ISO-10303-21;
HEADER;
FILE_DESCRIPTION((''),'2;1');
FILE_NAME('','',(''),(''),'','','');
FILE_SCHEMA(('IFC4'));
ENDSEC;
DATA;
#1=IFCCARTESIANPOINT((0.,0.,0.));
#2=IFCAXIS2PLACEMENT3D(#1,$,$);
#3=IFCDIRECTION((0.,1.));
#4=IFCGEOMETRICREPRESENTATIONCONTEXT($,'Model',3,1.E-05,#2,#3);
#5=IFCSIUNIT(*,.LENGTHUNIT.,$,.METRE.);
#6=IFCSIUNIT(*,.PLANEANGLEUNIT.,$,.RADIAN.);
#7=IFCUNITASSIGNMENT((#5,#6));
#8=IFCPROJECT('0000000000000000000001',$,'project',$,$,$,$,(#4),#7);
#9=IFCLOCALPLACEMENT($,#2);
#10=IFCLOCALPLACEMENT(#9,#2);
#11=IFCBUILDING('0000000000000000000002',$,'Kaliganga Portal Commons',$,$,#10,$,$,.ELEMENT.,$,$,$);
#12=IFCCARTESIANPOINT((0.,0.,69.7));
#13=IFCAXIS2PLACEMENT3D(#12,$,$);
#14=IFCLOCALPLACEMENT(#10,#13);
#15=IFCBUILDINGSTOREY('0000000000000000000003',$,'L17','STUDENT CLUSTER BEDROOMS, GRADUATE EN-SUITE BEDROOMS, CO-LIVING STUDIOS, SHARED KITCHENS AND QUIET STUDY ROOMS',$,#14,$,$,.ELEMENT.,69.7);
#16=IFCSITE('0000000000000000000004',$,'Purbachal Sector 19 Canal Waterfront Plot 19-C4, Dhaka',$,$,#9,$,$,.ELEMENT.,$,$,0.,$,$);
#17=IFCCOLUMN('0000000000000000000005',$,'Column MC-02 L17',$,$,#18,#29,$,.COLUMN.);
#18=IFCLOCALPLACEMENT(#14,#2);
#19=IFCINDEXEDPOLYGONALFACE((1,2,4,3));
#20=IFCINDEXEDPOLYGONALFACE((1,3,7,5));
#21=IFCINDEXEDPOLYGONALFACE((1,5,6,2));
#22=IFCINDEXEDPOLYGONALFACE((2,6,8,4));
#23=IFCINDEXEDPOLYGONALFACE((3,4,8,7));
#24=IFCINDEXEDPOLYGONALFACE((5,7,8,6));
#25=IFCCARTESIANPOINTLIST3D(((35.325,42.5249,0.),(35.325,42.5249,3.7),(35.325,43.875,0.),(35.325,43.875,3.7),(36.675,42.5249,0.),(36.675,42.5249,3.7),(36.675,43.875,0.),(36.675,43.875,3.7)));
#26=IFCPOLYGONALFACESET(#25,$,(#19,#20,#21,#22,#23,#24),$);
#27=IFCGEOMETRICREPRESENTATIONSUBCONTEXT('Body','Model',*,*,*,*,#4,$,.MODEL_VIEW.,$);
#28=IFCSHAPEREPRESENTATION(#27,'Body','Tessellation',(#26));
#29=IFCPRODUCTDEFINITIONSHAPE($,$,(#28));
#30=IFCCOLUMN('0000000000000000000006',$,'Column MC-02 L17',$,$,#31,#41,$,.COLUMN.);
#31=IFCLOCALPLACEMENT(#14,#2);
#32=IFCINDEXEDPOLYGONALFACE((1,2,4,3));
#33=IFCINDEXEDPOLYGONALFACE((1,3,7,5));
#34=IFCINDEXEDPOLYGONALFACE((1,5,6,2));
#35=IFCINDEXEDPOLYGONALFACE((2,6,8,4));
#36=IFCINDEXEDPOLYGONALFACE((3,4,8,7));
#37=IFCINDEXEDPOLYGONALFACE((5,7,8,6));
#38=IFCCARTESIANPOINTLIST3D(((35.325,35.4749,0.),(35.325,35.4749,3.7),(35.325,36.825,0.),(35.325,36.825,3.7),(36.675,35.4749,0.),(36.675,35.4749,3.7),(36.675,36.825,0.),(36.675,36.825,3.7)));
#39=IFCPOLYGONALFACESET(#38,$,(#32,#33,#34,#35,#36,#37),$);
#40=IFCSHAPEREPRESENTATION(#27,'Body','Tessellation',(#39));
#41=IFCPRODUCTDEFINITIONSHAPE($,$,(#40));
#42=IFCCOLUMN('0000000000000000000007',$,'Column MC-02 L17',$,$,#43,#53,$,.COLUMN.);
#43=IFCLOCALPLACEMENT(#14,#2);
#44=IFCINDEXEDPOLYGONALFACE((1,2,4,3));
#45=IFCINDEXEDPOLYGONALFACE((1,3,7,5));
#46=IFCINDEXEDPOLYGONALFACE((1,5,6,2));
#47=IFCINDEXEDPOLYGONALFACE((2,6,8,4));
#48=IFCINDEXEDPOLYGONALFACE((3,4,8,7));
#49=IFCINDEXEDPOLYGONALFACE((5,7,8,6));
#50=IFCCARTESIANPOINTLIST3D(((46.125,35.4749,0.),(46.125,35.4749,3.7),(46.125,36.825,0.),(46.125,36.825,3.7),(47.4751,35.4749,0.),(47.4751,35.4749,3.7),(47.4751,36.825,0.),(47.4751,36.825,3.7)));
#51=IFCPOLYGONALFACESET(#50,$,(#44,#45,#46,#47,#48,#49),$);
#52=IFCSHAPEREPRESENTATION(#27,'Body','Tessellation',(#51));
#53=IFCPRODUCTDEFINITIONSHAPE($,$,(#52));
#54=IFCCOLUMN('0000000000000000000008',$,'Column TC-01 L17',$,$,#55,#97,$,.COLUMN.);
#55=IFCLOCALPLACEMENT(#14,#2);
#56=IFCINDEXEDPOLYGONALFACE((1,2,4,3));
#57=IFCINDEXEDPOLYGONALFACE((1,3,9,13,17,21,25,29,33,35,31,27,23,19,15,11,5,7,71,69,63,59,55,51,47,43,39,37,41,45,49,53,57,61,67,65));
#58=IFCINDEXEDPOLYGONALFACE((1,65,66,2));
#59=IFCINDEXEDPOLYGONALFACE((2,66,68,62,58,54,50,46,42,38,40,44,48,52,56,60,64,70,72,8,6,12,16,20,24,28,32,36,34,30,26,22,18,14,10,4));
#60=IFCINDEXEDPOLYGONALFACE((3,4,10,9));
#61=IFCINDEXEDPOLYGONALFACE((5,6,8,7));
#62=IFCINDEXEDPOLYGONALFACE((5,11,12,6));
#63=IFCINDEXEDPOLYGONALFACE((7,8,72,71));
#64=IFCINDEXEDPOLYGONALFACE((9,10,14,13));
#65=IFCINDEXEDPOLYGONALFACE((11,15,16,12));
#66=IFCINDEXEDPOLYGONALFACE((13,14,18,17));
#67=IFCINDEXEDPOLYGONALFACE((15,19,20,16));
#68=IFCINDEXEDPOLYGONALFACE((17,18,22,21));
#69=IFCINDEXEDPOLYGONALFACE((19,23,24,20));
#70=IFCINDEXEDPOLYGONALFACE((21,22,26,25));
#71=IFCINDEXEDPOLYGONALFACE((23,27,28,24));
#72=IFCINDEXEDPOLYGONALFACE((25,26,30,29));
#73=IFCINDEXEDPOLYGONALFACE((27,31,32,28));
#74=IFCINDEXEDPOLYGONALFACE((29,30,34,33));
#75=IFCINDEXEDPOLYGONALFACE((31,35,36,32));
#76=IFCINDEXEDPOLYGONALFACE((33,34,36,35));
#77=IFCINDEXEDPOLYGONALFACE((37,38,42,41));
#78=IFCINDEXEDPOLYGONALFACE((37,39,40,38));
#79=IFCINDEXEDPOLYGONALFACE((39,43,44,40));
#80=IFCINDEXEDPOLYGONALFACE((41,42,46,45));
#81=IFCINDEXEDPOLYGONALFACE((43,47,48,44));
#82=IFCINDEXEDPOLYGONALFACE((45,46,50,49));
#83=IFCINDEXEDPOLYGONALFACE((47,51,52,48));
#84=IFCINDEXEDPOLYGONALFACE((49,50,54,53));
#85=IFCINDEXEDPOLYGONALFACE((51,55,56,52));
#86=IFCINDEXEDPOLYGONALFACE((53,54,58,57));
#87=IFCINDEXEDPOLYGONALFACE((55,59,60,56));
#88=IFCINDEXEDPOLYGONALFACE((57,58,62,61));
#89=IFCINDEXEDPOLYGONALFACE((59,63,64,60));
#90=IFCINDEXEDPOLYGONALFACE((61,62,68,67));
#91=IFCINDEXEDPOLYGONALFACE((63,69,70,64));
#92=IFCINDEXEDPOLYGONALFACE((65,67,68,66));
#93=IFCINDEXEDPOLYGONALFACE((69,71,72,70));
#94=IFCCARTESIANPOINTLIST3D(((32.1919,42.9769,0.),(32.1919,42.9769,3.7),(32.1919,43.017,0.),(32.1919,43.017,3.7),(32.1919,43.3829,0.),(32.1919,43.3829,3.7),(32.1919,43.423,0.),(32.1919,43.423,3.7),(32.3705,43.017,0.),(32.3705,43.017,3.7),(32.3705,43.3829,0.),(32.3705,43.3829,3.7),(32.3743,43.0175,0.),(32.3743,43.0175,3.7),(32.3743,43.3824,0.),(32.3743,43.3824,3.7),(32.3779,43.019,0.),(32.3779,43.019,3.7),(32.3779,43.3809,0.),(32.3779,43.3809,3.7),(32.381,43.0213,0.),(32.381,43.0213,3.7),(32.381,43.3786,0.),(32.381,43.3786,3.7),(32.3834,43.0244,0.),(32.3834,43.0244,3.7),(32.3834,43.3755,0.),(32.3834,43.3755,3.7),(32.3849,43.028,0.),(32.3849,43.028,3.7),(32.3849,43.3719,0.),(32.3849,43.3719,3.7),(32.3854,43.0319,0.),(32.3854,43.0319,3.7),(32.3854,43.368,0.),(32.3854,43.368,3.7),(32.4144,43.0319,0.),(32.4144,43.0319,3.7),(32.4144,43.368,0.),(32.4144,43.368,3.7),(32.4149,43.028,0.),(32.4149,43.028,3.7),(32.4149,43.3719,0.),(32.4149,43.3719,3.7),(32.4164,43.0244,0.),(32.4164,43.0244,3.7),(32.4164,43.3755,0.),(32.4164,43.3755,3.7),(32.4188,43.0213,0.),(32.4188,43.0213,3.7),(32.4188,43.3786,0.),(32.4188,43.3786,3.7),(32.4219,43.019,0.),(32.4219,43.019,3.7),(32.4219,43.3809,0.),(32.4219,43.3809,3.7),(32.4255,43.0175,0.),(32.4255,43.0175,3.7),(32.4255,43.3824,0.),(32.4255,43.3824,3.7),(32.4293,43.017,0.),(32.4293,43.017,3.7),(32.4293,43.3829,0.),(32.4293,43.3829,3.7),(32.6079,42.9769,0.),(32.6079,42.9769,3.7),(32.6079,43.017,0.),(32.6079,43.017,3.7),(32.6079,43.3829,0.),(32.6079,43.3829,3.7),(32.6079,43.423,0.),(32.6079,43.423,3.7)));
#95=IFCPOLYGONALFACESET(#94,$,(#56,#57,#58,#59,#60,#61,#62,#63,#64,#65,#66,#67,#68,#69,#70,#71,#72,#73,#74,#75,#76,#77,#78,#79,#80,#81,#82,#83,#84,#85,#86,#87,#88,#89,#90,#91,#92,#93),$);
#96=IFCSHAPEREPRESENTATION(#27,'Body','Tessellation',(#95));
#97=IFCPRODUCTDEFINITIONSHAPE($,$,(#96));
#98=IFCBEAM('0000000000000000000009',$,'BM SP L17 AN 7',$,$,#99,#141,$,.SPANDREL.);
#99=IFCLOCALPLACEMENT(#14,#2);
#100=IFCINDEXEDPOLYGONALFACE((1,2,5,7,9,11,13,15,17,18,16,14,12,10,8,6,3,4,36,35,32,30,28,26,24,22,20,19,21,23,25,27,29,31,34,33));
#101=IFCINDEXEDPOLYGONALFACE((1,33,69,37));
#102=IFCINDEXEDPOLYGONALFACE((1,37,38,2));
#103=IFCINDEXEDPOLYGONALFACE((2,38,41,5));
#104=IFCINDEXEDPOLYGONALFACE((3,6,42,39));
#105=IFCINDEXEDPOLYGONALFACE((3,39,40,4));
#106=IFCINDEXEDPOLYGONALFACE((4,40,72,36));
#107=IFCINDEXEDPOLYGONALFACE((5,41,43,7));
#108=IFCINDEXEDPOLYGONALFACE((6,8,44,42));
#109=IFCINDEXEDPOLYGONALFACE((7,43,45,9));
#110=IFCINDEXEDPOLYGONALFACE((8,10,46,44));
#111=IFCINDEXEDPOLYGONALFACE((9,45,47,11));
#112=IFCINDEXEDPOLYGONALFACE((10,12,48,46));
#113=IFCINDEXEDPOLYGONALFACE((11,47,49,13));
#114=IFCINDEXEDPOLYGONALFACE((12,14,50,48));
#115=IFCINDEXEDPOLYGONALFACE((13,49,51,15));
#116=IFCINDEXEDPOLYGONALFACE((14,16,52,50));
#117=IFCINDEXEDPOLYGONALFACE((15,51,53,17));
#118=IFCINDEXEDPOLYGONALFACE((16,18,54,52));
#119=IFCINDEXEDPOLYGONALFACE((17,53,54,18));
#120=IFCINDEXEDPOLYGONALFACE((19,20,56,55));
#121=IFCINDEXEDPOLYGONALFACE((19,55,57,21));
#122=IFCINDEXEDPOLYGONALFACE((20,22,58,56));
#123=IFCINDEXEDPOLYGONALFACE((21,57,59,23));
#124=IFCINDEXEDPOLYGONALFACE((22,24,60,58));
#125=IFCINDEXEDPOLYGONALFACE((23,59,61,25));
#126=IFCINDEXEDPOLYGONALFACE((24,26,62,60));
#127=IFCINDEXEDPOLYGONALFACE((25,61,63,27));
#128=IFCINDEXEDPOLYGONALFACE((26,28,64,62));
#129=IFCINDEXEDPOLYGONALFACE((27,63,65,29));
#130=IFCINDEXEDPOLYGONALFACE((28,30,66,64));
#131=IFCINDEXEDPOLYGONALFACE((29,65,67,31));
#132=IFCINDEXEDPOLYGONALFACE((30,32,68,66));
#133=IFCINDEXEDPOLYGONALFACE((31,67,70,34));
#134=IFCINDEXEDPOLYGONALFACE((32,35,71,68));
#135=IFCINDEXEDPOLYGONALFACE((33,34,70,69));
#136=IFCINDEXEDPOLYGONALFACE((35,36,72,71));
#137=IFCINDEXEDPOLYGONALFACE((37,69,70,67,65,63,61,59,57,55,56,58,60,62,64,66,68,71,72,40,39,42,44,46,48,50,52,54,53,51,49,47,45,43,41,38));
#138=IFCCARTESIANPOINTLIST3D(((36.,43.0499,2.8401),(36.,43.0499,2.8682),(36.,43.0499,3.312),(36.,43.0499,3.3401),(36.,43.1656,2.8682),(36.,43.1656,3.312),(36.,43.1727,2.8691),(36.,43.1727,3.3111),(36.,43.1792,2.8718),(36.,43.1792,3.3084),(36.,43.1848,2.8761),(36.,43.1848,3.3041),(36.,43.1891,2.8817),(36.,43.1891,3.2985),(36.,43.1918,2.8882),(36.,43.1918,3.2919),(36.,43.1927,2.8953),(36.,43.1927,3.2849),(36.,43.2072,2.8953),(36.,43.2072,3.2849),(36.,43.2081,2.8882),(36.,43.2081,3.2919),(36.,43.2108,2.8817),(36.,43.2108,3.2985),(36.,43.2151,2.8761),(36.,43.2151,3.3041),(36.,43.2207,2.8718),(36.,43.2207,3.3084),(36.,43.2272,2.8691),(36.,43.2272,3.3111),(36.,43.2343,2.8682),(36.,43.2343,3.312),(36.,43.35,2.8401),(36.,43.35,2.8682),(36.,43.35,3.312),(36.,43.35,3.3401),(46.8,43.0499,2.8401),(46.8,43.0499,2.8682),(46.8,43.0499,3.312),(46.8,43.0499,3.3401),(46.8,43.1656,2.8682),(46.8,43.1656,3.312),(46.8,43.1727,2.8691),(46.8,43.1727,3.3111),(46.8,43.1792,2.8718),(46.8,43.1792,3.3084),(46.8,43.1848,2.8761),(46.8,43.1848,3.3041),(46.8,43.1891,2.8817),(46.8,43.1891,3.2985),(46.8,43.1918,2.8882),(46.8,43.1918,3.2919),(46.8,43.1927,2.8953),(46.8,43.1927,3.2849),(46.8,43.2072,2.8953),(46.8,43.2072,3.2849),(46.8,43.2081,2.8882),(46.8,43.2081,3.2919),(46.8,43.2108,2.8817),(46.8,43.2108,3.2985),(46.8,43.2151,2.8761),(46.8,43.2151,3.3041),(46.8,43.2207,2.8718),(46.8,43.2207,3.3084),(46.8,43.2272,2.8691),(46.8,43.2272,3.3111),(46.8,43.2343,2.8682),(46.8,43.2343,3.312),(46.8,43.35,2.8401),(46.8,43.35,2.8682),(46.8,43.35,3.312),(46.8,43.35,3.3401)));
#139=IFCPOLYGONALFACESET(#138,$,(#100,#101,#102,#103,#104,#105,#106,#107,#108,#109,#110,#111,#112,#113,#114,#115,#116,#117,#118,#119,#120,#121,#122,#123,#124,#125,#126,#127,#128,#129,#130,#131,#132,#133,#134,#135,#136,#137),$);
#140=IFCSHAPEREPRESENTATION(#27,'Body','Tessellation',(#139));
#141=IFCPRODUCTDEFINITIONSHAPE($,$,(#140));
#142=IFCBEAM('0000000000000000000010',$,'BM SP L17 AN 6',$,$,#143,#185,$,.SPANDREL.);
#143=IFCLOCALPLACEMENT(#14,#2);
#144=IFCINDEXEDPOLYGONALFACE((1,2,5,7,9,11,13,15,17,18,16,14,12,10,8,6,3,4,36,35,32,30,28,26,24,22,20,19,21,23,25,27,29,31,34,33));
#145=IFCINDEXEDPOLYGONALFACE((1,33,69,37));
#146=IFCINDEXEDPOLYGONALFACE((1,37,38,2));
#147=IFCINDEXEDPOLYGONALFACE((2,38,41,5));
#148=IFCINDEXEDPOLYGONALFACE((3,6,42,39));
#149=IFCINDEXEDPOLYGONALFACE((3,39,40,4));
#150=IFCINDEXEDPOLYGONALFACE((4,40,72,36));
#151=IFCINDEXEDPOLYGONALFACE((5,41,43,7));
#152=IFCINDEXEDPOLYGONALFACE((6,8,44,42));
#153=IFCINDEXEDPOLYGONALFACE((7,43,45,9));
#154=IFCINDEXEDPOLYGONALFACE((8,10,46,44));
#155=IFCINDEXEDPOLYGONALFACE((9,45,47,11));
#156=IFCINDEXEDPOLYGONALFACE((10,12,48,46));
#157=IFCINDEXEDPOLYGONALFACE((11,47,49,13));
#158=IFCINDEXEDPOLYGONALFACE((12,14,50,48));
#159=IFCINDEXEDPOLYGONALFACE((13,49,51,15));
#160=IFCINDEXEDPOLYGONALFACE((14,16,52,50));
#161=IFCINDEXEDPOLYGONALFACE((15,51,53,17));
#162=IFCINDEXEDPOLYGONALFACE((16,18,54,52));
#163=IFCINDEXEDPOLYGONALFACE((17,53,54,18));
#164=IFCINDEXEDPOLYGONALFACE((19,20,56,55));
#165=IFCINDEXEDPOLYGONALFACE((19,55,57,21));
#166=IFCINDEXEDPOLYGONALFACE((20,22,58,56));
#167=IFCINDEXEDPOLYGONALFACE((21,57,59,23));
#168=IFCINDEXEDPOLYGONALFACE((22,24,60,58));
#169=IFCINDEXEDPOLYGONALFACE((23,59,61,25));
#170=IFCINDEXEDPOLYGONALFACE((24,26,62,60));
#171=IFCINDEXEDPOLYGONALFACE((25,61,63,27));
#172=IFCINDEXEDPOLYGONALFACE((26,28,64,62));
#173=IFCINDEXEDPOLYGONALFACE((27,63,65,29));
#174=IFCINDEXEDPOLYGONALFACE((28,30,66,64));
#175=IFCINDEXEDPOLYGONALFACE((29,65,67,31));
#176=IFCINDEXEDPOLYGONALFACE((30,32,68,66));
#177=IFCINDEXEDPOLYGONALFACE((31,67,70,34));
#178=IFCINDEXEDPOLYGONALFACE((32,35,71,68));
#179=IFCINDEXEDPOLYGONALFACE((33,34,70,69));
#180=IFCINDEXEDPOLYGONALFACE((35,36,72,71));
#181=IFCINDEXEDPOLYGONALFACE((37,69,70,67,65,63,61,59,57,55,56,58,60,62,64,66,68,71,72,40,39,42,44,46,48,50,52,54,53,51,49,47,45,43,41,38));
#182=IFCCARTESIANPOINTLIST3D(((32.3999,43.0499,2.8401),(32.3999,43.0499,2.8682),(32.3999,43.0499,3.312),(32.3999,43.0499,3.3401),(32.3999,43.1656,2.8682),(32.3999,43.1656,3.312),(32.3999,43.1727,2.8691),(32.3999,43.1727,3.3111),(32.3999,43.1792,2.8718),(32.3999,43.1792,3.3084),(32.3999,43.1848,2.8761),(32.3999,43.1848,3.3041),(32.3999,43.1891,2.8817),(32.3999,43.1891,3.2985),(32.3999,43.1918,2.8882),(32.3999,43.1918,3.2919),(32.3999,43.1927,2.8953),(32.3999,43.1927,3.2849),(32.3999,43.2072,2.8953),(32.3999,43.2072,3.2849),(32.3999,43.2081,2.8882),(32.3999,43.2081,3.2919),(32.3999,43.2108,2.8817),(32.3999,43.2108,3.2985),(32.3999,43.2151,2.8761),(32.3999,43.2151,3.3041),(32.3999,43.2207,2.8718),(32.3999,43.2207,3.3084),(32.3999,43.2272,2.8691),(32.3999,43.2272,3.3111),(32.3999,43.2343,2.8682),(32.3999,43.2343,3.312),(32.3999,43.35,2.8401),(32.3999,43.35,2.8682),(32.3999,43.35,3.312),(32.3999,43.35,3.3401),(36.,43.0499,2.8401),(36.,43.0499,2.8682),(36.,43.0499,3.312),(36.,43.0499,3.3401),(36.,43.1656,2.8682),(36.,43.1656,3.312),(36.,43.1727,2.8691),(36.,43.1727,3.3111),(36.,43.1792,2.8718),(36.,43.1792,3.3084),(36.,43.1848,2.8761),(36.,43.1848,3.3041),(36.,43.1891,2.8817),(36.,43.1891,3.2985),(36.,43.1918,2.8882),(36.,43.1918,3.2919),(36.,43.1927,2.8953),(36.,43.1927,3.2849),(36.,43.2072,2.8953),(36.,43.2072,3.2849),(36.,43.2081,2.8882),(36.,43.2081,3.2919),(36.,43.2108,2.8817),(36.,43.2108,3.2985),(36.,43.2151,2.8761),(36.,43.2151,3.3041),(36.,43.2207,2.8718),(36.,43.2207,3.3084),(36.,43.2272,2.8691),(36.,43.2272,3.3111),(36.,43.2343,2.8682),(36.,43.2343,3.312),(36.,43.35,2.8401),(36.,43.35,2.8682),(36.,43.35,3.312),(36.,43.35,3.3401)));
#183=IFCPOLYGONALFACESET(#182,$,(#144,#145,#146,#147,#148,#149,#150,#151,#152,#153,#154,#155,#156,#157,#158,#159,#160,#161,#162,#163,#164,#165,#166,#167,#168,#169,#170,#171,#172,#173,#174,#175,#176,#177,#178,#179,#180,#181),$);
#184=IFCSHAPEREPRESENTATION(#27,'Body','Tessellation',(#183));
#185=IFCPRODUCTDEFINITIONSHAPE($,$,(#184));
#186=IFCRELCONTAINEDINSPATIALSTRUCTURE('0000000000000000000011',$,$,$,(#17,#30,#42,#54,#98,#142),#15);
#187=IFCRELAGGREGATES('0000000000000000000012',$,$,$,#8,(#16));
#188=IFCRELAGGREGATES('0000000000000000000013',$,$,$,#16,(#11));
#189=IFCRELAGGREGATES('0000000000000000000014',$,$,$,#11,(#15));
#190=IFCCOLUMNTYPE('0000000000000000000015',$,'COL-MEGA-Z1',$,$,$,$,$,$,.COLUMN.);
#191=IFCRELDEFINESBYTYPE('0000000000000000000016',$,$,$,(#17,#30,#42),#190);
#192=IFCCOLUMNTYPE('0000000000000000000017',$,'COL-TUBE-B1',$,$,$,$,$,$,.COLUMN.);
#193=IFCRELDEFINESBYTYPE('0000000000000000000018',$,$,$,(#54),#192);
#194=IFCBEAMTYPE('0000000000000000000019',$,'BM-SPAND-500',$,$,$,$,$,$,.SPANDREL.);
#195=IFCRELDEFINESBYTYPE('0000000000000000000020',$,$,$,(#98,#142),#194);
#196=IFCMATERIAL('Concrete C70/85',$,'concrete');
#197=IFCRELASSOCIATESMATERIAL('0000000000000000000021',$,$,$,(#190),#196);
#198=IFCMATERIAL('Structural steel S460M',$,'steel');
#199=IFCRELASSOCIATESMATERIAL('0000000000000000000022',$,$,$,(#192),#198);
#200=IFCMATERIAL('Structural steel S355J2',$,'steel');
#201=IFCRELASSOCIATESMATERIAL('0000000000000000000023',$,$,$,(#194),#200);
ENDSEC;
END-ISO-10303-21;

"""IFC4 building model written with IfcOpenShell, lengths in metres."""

from ifc_helpers import new_model, si_unit, direction, frame, origin, origin_2d, place, context, subcontext, project, spatial, rectangle, i_section, extrude, source, transform, mapped, material, material_profile, profile_set, type_object, element, save


model = new_model("IFC4")

# Units and contexts
model_context = context("Model", 3, precision=1e-05, world=origin(), true_north=direction((0.0, 1.0)))
body_context = subcontext(model_context, "Body", "Model", "MODEL_VIEW")
ifc_project = project(units=[si_unit("LENGTHUNIT", "METRE"), si_unit("PLANEANGLEUNIT", "RADIAN")], contexts=[model_context])

# Site, building, storey
site_placement = place(None, origin())
site = spatial("IfcSite", under=ifc_project, at=site_placement, Name="Purbachal Sector 19 Canal Waterfront Plot 19-C4, Dhaka", CompositionType="ELEMENT", RefElevation=0.0)
building_placement = place(site_placement, origin())
building = spatial("IfcBuilding", under=site, at=building_placement, Name="Kaliganga Portal Commons", CompositionType="ELEMENT")
storey_placement = place(building_placement, frame((0.0, 0.0, 69.7)))
storey = spatial("IfcBuildingStorey", under=building, at=storey_placement, Name="L17", Description="STUDENT CLUSTER BEDROOMS, GRADUATE EN-SUITE BEDROOMS, CO-LIVING STUDIOS, SHARED KITCHENS AND QUIET STUDY ROOMS", CompositionType="ELEMENT", Elevation=69.7)

# Columns
ifc_material_1 = material(Name="Concrete C70/85", Category="concrete")
ifc_material_profile_1 = material_profile(ifc_material_1, rectangle(XDim=1.3501, YDim=1.3501, at=origin_2d()), Name="RC 1350x1350")
ifc_profile_set_1 = profile_set([ifc_material_profile_1], Name="Concrete C70/85")
column_type_1 = type_object("IfcColumnType", Name="COL-MEGA-Z1", PredefinedType="COLUMN", material=ifc_profile_set_1)
shared_shape_1 = source(origin(), body_context, "Body", "SweptSolid", [
    extrude(rectangle(XDim=1.3501, YDim=1.3501, at=origin_2d()), origin(), (0.0, 0.0, 1.0), 3.7),
])
for number, where, z_axis, x_axis, name in (
    (1, (36.0, 43.2, 0.0), (0.0, 0.0, 1.0), (1.0, 0.0, 0.0), "Column MC-02 L17"),
    (2, (36.0, 36.1499, 0.0), (0.0, 0.0, 1.0), (1.0, 0.0, 0.0), "Column MC-02 L17"),
    (3, (46.8, 36.1499, 0.0), (0.0, 0.0, 1.0), (1.0, 0.0, 0.0), "Column MC-02 L17"),
):
    element("IfcColumn", number, at=place(storey_placement, frame(where, z_axis=z_axis, x_axis=x_axis)), inside=storey, type_object=column_type_1, Name=name, PredefinedType="COLUMN", context=body_context, shape_type="MappedRepresentation", body=[
        mapped(shared_shape_1, transform((0.0, 0.0, 0.0), x_axis=(1.0, 0.0, 0.0), y_axis=(0.0, 1.0, 0.0), z_axis=(0.0, 0.0, 1.0), scale=1.0)),
    ])
ifc_material_2 = material(Name="Structural steel S460M", Category="steel")
ifc_material_profile_2 = material_profile(ifc_material_2, i_section(OverallWidth=0.416, OverallDepth=0.446, WebThickness=0.0291, FlangeThickness=0.04, FilletRadius=0.0149, at=origin_2d()), Name="HD 400x509")
ifc_profile_set_2 = profile_set([ifc_material_profile_2], Name="Structural steel S460M wide-flange")
column_type_2 = type_object("IfcColumnType", Name="COL-TUBE-B1", PredefinedType="COLUMN", material=ifc_profile_set_2)
shared_shape_2 = source(origin(), body_context, "Body", "SweptSolid", [
    extrude(i_section(OverallWidth=0.416, OverallDepth=0.446, WebThickness=0.0291, FlangeThickness=0.04, FilletRadius=0.0149, at=origin_2d()), origin(), (0.0, 0.0, 1.0), 3.7),
])
column_placement = place(storey_placement, frame((32.3999, 43.2, 0.0), z_axis=(0.0, 0.0, 1.0), x_axis=(1.0, 0.0, 0.0)))
element("IfcColumn", 4, at=column_placement, inside=storey, type_object=column_type_2, Name="Column TC-01 L17", PredefinedType="COLUMN", context=body_context, shape_type="MappedRepresentation", body=[
    mapped(shared_shape_2, transform((0.0, 0.0, 0.0), x_axis=(1.0, 0.0, 0.0), y_axis=(0.0, 1.0, 0.0), z_axis=(0.0, 0.0, 1.0), scale=1.0)),
])

# Beams
ifc_material_3 = material(Name="Structural steel S355J2", Category="steel")
ifc_material_profile_3 = material_profile(ifc_material_3, i_section(OverallWidth=0.3, OverallDepth=0.5, WebThickness=0.0144, FlangeThickness=0.0281, FilletRadius=0.0271, at=origin_2d()), Name="HE 500 B")
ifc_profile_set_3 = profile_set([ifc_material_profile_3], Name="Structural steel S355J2 wide-flange")
beam_type_1 = type_object("IfcBeamType", Name="BM-SPAND-500", PredefinedType="SPANDREL", material=ifc_profile_set_3)
shared_shape_3 = source(origin(), body_context, "Body", "SweptSolid", [
    extrude(i_section(OverallWidth=0.3, OverallDepth=0.5, WebThickness=0.0144, FlangeThickness=0.0281, FilletRadius=0.0271, at=origin_2d()), origin(), (0.0, 0.0, 1.0), 10.8),
])
beam_1_placement = place(storey_placement, frame((36.0, 43.2, 3.0901), z_axis=(1.0, 0.0, 0.0), x_axis=(0.0, 1.0, 0.0)))
element("IfcBeam", 5, at=beam_1_placement, inside=storey, type_object=beam_type_1, Name="BM SP L17 AN 7", PredefinedType="SPANDREL", context=body_context, shape_type="MappedRepresentation", body=[
    mapped(shared_shape_3, transform((0.0, 0.0, 0.0), x_axis=(1.0, 0.0, 0.0), y_axis=(0.0, 1.0, 0.0), z_axis=(0.0, 0.0, 1.0), scale=1.0)),
])
shared_shape_4 = source(origin(), body_context, "Body", "SweptSolid", [
    extrude(i_section(OverallWidth=0.3, OverallDepth=0.5, WebThickness=0.0144, FlangeThickness=0.0281, FilletRadius=0.0271, at=origin_2d()), origin(), (0.0, 0.0, 1.0), 3.6001),
])
beam_2_placement = place(storey_placement, frame((32.3999, 43.2, 3.0901), z_axis=(1.0, 0.0, 0.0), x_axis=(0.0, 1.0, 0.0)))
element("IfcBeam", 6, at=beam_2_placement, inside=storey, type_object=beam_type_1, Name="BM SP L17 AN 6", PredefinedType="SPANDREL", context=body_context, shape_type="MappedRepresentation", body=[
    mapped(shared_shape_4, transform((0.0, 0.0, 0.0), x_axis=(1.0, 0.0, 0.0), y_axis=(0.0, 1.0, 0.0), z_axis=(0.0, 0.0, 1.0), scale=1.0)),
])

save(model, "model.ifc")
